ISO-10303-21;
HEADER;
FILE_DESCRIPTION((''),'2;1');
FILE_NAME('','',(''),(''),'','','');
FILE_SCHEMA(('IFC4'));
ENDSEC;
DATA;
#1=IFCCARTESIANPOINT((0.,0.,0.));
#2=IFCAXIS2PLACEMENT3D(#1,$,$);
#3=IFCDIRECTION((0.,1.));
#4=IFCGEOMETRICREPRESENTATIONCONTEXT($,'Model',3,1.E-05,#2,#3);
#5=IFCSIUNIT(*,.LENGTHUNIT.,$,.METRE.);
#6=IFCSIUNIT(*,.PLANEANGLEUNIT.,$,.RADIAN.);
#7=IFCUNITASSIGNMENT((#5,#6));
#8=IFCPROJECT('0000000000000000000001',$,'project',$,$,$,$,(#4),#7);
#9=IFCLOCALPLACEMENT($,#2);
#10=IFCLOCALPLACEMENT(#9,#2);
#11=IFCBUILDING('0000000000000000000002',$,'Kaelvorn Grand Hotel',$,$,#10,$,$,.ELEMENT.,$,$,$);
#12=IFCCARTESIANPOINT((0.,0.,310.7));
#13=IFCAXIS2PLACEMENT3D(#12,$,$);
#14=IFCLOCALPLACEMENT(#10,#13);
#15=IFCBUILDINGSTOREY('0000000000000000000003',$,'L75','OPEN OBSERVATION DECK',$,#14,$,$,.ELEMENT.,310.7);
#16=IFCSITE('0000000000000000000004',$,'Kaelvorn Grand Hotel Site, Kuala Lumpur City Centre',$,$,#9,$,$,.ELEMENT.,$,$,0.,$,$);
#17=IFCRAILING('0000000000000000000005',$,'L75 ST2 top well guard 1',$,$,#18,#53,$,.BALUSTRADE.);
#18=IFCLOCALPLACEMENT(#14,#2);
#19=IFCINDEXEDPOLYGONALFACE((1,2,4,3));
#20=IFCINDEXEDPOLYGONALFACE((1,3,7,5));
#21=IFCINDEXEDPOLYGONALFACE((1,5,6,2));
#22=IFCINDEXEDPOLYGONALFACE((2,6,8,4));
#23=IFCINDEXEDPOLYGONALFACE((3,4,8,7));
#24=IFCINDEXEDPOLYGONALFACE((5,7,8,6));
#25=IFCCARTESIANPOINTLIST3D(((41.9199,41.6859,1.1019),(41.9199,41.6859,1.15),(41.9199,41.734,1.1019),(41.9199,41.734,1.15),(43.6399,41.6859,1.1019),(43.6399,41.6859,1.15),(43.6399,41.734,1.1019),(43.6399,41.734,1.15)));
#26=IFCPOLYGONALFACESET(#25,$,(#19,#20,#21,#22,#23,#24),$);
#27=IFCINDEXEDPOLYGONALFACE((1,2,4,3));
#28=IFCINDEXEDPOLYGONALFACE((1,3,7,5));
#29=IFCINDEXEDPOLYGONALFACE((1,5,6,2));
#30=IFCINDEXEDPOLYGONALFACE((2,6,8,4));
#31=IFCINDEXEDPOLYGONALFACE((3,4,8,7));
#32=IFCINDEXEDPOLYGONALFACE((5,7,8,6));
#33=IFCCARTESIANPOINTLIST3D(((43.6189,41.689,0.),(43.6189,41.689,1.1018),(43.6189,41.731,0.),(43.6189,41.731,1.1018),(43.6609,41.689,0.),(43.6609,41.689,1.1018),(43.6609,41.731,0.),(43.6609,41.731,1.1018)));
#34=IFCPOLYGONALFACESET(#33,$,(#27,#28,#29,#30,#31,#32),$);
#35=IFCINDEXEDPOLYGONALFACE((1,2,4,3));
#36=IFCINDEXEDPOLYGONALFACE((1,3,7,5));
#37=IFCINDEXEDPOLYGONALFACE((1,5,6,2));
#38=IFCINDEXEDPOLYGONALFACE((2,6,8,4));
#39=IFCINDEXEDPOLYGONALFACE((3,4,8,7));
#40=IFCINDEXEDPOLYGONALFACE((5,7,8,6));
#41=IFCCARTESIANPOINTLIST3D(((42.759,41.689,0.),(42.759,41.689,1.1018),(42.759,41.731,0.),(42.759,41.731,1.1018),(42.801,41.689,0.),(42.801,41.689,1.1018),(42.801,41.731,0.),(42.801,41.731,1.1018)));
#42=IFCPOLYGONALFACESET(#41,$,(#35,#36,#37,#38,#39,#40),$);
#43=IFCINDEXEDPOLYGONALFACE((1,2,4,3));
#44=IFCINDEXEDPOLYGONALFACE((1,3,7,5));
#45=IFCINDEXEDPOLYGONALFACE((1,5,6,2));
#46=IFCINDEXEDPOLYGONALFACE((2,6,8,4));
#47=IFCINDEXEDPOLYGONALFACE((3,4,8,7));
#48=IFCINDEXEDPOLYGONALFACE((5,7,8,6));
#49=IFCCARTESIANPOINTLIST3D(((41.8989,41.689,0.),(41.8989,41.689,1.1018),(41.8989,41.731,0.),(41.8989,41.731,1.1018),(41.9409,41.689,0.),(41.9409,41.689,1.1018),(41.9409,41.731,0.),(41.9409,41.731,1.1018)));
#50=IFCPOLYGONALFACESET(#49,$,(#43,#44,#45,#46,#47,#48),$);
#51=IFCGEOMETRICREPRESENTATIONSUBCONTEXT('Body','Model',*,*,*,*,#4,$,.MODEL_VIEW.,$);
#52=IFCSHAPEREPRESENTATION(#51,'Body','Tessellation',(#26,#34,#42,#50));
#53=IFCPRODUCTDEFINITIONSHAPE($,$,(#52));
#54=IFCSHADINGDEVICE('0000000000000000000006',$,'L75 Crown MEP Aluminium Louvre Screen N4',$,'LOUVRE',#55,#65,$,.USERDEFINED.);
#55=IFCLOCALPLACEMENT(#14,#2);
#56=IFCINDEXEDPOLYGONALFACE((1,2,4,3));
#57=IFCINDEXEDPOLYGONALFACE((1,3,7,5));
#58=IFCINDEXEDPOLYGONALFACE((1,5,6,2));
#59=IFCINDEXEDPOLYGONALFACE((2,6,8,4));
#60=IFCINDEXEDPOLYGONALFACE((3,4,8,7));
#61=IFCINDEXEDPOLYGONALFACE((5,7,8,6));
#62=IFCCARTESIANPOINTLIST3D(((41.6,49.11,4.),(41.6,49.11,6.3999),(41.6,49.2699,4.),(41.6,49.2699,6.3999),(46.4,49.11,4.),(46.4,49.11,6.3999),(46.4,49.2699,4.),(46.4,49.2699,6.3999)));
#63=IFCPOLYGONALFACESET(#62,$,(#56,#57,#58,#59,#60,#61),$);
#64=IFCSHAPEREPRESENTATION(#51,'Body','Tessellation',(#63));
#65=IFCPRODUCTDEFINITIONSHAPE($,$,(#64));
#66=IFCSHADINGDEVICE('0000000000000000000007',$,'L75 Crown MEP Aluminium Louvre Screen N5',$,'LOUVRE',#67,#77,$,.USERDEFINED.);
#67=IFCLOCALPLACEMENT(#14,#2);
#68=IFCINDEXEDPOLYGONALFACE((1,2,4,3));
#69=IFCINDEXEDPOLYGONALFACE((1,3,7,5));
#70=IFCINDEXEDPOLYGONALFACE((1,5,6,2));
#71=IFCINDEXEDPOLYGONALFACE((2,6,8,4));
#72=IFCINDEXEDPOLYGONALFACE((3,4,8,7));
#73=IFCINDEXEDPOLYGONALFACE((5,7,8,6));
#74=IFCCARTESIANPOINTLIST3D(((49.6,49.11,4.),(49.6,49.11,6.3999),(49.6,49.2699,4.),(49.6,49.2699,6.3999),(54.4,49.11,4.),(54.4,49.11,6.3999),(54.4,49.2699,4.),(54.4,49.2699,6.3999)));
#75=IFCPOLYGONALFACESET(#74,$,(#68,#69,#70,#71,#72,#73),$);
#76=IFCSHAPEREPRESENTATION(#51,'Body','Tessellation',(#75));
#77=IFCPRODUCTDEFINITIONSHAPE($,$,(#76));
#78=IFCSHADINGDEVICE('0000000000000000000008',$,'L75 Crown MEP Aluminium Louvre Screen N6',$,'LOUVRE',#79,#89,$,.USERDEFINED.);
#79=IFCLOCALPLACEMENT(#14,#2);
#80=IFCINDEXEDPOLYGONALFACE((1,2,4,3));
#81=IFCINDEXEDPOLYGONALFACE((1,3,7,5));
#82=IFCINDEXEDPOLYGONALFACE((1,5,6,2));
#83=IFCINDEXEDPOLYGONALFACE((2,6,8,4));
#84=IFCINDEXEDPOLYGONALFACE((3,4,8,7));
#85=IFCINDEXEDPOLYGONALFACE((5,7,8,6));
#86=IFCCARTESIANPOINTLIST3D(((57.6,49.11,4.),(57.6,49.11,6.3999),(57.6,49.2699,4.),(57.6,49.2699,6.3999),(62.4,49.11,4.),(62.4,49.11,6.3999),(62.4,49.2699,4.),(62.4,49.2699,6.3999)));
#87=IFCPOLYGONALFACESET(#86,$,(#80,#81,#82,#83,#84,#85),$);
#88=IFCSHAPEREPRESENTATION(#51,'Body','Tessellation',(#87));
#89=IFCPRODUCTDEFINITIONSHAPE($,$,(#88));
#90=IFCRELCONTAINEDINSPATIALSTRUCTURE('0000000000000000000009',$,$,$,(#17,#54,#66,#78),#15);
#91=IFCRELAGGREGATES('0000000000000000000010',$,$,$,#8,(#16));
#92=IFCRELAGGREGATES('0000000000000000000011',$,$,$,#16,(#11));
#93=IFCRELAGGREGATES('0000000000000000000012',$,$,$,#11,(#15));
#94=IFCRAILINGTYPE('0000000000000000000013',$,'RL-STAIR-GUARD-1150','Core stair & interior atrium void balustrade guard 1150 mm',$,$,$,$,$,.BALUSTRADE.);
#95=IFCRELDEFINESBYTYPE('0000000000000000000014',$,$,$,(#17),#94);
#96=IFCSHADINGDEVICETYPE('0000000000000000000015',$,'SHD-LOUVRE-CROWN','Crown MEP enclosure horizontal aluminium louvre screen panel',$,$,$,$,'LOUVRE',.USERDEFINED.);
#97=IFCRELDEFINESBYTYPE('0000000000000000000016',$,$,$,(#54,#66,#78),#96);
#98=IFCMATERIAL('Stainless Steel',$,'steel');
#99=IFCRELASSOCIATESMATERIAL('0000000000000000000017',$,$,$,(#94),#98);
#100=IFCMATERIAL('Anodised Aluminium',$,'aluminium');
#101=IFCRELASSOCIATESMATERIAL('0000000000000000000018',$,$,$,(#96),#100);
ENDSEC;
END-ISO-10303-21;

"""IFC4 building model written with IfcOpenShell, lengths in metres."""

from ifc_helpers import new_model, si_unit, direction, frame, origin, origin_2d, place, context, subcontext, project, spatial, rectangle, extrude, material, type_object, element, save


model = new_model("IFC4")

# Units and contexts
model_context = context("Model", 3, precision=1e-05, world=origin(), true_north=direction((0.0, 1.0)))
body_context = subcontext(model_context, "Body", "Model", "MODEL_VIEW")
ifc_project = project(units=[si_unit("LENGTHUNIT", "METRE"), si_unit("PLANEANGLEUNIT", "RADIAN")], contexts=[model_context])

# Site, building, storey
site_placement = place(None, origin())
site = spatial("IfcSite", under=ifc_project, at=site_placement, Name="Kaelvorn Grand Hotel Site, Kuala Lumpur City Centre", CompositionType="ELEMENT", RefElevation=0.0)
building_placement = place(site_placement, origin())
building = spatial("IfcBuilding", under=site, at=building_placement, Name="Kaelvorn Grand Hotel", CompositionType="ELEMENT")
storey_placement = place(building_placement, frame((0.0, 0.0, 310.7)))
storey = spatial("IfcBuildingStorey", under=building, at=storey_placement, Name="L75", Description="OPEN OBSERVATION DECK", CompositionType="ELEMENT", Elevation=310.7)

# Shared definitions
ifc_material_1 = material(Name="Stainless Steel", Category="steel")

# Railing
railing_type = type_object("IfcRailingType", Name="RL-STAIR-GUARD-1150", Description="Core stair & interior atrium void balustrade guard 1150 mm", PredefinedType="BALUSTRADE", material=ifc_material_1)
railing_placement = place(storey_placement, frame((43.6399, 41.71, 0.0)))
element("IfcRailing", 1, at=railing_placement, inside=storey, type_object=railing_type, Name="L75 ST2 top well guard 1", PredefinedType="BALUSTRADE", context=body_context, shape_type="SweptSolid", body=[
    extrude(rectangle(XDim=0.0481, YDim=0.0481, at=origin_2d()), frame((0.0, 0.0, 1.126), z_axis=(-1.0, 0.0, 0.0), x_axis=(0.0, -1.0, 0.0)), (0.0, 0.0, 1.0), 1.72),
    extrude(rectangle(XDim=0.042, YDim=0.042, at=origin_2d()), origin(), (0.0, 0.0, 1.0), 1.1018),
    extrude(rectangle(XDim=0.042, YDim=0.042, at=origin_2d()), frame((-0.8599, 0.0, 0.0)), (0.0, 0.0, 1.0), 1.1018),
    extrude(rectangle(XDim=0.042, YDim=0.042, at=origin_2d()), frame((-1.72, 0.0, 0.0)), (0.0, 0.0, 1.0), 1.1018),
])

# Shading devices
ifc_material_2 = material(Name="Anodised Aluminium", Category="aluminium")
shading_device_type = type_object("IfcShadingDeviceType", Name="SHD-LOUVRE-CROWN", Description="Crown MEP enclosure horizontal aluminium louvre screen panel", ElementType="LOUVRE", PredefinedType="USERDEFINED", material=ifc_material_2)
for number, where, z_axis, x_axis, name in (
    (2, (44.0, 49.1899, 4.0), (0.0, 0.0, 1.0), (1.0, 0.0, 0.0), "L75 Crown MEP Aluminium Louvre Screen N4"),
    (3, (52.0, 49.1899, 4.0), (0.0, 0.0, 1.0), (1.0, 0.0, 0.0), "L75 Crown MEP Aluminium Louvre Screen N5"),
    (4, (60.0, 49.1899, 4.0), (0.0, 0.0, 1.0), (1.0, 0.0, 0.0), "L75 Crown MEP Aluminium Louvre Screen N6"),
):
    element("IfcShadingDevice", number, at=place(storey_placement, frame(where, z_axis=z_axis, x_axis=x_axis)), inside=storey, type_object=shading_device_type, Name=name, ObjectType="LOUVRE", PredefinedType="USERDEFINED", context=body_context, shape_type="SweptSolid", body=[
        extrude(rectangle(XDim=4.8, YDim=0.1599, at=origin_2d()), origin(), (0.0, 0.0, 1.0), 2.3999),
    ])

save(model, "model.ifc")
